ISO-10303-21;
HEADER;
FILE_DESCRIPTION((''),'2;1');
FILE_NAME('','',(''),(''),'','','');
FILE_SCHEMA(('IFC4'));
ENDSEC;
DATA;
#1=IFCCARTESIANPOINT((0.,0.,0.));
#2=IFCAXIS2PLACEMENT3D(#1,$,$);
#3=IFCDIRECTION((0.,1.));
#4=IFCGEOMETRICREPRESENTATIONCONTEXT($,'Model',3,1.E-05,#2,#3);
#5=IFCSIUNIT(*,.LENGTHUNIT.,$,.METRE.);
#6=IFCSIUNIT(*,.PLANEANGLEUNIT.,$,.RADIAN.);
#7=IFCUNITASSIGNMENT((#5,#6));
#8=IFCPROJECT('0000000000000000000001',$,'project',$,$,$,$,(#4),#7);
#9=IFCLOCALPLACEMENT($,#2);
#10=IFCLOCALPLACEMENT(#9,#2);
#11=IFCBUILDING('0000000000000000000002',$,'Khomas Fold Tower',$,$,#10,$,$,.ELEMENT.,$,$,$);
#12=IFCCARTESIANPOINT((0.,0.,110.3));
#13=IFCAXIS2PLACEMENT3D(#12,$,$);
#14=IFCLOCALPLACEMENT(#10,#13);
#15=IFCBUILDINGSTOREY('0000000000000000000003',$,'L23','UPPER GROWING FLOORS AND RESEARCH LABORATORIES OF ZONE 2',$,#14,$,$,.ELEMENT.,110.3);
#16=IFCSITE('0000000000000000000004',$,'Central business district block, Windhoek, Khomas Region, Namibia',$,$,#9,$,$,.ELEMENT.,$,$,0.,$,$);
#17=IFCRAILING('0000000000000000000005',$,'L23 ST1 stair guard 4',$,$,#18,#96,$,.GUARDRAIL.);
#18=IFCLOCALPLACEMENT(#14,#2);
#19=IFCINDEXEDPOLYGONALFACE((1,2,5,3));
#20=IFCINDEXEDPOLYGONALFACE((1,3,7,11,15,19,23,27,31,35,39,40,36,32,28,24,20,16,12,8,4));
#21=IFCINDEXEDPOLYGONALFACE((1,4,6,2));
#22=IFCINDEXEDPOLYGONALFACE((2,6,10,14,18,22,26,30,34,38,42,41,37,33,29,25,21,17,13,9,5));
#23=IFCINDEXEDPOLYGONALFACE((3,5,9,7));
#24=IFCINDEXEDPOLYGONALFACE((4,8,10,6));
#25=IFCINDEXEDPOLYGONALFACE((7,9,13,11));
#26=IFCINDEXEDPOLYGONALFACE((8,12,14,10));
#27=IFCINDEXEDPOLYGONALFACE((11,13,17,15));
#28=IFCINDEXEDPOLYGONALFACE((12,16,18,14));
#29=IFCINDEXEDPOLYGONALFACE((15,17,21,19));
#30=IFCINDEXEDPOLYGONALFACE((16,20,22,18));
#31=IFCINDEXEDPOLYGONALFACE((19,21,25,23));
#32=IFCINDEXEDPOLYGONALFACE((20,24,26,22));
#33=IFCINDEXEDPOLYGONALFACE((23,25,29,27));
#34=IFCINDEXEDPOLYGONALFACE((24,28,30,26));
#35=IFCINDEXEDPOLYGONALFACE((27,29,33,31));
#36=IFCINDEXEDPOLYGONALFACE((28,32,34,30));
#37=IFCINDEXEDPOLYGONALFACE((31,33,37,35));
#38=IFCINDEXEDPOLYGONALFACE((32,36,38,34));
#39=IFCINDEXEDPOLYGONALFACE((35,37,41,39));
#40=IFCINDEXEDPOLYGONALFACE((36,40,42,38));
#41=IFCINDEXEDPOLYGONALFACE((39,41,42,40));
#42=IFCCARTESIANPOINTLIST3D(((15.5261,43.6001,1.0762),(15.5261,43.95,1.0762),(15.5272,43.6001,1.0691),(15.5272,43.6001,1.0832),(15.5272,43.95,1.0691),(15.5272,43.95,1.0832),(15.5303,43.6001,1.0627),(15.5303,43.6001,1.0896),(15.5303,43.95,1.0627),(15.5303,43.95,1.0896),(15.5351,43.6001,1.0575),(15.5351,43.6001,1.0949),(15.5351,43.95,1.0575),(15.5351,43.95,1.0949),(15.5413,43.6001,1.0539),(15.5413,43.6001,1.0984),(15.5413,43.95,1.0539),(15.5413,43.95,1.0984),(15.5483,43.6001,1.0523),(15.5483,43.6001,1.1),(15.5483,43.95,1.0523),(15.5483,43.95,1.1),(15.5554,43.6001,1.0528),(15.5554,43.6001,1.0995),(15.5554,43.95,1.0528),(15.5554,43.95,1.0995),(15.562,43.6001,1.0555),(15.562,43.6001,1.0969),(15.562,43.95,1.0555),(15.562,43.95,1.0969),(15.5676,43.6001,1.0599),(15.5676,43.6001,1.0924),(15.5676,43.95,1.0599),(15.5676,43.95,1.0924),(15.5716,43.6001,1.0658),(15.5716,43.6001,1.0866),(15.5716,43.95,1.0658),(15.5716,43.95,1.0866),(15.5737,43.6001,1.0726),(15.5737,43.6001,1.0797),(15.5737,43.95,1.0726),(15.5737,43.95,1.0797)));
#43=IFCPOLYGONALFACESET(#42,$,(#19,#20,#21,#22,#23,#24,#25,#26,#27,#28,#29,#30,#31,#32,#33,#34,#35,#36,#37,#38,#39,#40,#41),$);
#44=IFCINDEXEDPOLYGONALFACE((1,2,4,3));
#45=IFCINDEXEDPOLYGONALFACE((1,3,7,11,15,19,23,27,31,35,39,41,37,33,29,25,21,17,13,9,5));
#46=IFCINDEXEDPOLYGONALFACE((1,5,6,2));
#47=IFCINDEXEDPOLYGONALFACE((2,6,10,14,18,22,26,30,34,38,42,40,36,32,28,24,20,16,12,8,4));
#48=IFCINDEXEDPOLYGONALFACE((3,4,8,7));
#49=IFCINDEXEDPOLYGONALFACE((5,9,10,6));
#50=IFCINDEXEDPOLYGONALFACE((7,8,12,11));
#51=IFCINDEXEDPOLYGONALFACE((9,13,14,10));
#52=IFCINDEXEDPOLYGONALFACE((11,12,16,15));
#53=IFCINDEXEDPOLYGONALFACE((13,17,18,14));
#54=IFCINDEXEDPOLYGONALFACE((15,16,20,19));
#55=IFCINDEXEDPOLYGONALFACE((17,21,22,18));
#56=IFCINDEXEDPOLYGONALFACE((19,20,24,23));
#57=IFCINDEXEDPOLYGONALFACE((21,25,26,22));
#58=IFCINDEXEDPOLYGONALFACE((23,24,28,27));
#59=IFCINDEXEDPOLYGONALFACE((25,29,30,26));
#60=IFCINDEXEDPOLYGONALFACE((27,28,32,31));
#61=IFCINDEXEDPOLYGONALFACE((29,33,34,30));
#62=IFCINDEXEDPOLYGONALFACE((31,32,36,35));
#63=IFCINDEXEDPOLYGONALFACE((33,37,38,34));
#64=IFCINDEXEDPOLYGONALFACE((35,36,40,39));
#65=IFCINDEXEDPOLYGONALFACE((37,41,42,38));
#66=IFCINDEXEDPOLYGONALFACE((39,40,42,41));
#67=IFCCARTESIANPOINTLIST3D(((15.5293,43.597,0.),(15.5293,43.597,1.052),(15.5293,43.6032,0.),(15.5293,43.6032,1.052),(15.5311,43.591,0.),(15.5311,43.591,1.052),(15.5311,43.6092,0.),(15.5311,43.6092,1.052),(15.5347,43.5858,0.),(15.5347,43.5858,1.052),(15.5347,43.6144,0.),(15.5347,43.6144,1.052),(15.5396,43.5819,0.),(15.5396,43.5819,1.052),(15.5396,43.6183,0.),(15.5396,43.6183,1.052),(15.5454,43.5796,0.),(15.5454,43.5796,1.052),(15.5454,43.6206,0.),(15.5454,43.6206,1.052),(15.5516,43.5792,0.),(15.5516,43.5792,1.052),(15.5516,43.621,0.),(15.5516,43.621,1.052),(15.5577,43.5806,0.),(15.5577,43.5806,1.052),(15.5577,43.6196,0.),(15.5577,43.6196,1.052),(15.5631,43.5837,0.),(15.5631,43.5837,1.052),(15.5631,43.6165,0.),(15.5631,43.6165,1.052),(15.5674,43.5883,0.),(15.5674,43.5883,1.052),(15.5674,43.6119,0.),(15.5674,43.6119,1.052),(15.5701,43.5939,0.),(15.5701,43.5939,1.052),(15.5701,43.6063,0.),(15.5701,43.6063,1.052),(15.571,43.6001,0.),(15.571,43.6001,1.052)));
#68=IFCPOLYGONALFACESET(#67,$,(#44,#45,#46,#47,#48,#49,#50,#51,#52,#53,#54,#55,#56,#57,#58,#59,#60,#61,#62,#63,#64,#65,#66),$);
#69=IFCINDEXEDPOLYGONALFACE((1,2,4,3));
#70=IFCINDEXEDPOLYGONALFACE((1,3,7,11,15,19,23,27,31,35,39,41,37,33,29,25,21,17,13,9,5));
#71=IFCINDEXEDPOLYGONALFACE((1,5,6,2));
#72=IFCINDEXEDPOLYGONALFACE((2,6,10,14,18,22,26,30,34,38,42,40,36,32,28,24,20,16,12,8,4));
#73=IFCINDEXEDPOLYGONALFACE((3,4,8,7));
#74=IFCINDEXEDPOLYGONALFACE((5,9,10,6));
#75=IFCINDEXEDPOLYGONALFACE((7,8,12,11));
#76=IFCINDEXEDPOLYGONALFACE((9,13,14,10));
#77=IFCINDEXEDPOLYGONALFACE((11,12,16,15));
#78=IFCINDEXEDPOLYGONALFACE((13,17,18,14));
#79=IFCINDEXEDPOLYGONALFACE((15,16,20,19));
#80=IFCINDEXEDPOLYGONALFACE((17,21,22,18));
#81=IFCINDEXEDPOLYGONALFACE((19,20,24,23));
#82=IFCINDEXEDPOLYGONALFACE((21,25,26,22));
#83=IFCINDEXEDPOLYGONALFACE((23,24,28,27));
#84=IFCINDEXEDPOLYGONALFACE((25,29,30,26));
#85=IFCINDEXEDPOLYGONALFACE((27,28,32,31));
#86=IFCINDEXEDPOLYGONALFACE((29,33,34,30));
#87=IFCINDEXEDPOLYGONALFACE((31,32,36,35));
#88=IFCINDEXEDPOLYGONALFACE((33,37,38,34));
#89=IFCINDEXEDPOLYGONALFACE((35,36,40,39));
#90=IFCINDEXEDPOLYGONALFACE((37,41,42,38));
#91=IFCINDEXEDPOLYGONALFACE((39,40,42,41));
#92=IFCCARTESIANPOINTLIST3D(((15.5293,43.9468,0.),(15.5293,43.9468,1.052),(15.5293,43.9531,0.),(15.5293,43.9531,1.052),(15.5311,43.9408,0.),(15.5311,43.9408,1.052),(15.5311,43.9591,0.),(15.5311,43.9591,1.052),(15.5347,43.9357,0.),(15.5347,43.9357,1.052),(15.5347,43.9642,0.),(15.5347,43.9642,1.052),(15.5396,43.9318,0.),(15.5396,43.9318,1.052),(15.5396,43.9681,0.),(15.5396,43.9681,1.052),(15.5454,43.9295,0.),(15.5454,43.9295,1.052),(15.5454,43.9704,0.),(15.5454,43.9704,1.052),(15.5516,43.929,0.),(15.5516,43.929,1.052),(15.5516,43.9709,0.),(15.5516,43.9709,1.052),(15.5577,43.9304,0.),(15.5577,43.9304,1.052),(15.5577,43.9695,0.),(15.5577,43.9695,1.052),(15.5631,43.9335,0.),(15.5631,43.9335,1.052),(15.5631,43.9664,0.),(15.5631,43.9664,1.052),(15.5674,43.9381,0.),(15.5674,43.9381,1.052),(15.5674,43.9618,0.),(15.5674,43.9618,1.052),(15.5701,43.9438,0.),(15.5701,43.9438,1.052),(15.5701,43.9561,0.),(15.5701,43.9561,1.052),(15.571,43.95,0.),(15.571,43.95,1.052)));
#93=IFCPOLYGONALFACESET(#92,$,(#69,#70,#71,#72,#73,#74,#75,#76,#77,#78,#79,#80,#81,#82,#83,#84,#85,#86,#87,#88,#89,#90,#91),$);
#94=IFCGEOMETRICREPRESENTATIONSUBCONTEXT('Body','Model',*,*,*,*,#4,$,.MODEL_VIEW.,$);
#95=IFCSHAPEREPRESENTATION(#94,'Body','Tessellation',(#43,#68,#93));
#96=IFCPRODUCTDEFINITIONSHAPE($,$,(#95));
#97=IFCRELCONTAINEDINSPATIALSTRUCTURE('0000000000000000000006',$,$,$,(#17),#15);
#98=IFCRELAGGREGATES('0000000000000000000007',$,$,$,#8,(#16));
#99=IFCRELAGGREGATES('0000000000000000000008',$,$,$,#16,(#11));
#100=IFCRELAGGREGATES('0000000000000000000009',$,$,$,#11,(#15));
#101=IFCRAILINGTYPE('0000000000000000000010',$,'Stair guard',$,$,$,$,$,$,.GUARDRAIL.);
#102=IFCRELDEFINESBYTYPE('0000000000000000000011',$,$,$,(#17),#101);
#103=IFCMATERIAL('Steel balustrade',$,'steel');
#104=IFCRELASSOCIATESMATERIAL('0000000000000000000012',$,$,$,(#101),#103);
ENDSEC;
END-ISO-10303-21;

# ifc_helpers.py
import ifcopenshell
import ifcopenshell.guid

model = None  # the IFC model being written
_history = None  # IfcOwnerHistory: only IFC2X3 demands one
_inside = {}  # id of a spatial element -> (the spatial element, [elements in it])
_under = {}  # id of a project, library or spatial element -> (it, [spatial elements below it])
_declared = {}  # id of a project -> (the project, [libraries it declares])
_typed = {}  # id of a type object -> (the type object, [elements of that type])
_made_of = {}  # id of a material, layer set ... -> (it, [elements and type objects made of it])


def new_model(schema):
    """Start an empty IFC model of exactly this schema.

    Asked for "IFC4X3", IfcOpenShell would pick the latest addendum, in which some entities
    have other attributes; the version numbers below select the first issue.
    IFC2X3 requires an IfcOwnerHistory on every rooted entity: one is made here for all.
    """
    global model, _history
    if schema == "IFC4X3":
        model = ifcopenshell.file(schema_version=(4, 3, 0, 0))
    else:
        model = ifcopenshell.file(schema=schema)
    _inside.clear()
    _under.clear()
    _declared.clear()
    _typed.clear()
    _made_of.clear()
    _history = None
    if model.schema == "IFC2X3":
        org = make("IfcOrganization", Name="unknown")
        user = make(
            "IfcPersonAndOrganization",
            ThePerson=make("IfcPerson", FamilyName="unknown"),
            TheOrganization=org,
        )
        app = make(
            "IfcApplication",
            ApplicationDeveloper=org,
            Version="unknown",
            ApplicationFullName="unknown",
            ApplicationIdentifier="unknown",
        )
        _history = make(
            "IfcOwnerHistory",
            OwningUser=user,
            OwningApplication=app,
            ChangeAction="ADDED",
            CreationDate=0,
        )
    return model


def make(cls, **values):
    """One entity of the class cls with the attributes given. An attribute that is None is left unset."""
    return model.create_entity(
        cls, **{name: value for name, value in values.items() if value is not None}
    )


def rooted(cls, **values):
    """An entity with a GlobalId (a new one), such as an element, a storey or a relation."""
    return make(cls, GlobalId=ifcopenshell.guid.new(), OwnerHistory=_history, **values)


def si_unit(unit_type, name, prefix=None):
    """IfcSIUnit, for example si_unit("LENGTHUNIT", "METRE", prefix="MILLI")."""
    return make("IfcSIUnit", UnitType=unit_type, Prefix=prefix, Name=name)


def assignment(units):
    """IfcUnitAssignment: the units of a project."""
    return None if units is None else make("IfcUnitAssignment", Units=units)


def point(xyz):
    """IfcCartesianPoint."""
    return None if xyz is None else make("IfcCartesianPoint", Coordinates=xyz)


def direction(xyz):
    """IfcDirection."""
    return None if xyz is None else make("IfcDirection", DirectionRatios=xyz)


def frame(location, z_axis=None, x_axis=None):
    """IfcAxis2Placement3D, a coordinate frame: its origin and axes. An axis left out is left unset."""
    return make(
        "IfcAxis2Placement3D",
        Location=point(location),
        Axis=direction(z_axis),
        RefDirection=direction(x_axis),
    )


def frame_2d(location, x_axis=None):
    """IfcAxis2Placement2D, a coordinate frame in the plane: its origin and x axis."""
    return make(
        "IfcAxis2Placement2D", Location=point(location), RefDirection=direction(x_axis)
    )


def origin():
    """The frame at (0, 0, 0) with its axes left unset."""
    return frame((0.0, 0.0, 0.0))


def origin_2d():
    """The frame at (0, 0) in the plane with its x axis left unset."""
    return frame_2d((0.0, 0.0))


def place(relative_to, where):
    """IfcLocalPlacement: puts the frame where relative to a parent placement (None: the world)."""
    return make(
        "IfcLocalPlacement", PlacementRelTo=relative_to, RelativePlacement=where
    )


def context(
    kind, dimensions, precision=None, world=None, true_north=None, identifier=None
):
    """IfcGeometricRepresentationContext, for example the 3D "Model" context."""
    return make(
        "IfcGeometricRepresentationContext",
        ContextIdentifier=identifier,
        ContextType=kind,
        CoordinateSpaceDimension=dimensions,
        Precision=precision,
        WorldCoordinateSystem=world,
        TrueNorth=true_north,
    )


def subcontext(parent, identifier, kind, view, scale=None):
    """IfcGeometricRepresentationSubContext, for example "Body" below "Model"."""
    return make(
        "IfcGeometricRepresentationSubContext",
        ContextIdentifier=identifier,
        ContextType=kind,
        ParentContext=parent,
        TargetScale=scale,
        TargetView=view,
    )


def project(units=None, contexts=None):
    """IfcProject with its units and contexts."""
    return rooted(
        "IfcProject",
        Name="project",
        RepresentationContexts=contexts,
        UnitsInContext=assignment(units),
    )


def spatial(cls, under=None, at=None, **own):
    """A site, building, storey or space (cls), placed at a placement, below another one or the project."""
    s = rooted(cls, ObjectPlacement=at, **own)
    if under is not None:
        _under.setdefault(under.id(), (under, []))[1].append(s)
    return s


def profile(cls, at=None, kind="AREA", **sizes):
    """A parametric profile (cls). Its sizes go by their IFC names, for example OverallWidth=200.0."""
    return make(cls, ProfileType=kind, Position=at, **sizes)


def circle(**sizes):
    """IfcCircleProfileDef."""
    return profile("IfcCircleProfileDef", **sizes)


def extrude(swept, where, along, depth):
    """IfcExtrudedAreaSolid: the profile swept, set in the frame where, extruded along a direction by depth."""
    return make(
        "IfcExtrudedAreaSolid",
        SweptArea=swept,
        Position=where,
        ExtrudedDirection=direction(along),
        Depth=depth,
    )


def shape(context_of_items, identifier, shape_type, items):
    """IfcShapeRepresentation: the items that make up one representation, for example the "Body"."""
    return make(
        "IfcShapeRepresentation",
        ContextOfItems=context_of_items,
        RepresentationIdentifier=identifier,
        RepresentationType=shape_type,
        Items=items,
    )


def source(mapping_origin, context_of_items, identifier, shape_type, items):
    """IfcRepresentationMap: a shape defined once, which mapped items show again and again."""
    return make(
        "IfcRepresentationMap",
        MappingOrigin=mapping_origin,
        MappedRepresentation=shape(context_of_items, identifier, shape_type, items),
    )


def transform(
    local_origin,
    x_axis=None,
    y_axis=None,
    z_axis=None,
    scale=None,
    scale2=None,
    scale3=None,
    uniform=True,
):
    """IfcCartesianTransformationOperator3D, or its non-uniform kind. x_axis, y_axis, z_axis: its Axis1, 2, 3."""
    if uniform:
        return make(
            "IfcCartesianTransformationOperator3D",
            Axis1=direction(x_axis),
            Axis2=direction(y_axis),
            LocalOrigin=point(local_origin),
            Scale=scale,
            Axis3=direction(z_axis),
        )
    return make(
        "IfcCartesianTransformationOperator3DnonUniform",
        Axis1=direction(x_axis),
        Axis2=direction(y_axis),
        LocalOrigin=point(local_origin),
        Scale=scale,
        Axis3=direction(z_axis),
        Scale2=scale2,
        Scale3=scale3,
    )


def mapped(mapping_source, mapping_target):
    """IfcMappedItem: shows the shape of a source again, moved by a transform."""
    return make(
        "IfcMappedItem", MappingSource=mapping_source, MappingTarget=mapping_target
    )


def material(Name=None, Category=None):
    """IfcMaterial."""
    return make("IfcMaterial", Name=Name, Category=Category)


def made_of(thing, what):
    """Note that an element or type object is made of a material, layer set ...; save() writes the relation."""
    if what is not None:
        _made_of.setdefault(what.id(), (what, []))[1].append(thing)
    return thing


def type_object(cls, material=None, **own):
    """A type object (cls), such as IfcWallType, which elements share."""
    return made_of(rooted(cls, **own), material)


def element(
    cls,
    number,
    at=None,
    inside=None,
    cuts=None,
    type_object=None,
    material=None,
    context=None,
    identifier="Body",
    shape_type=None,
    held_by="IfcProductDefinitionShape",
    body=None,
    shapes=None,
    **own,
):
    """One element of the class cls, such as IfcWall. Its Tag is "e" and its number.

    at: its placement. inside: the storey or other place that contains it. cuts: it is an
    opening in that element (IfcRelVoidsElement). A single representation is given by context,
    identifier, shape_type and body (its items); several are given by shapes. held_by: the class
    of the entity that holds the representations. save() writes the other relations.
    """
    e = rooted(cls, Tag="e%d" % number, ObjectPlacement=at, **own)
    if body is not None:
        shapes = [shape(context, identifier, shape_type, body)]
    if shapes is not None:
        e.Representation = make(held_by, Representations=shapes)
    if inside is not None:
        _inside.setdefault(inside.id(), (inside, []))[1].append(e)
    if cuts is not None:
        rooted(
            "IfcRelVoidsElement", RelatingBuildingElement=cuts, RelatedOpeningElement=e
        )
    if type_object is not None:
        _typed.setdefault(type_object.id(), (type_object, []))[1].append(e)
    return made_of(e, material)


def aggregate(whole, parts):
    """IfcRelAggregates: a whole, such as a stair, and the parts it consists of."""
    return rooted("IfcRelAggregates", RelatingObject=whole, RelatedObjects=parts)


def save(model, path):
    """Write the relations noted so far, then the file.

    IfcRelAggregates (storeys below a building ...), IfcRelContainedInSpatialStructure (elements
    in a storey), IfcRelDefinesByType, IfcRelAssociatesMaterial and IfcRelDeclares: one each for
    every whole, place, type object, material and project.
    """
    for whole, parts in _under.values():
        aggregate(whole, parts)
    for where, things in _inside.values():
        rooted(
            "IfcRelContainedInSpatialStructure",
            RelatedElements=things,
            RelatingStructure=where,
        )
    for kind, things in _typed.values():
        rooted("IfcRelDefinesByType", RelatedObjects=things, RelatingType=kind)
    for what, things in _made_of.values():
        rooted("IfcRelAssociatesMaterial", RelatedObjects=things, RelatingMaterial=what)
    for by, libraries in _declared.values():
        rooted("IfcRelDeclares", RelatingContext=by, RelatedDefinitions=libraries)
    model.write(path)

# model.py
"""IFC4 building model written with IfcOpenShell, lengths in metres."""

from ifc_helpers import new_model, si_unit, direction, frame, origin, origin_2d, place, context, subcontext, project, spatial, circle, extrude, source, transform, mapped, material, type_object, element, save


model = new_model("IFC4")

# Units and contexts
model_context = context("Model", 3, precision=1e-05, world=origin(), true_north=direction((0.0, 1.0)))
body_context = subcontext(model_context, "Body", "Model", "MODEL_VIEW")
ifc_project = project(units=[si_unit("LENGTHUNIT", "METRE"), si_unit("PLANEANGLEUNIT", "RADIAN")], contexts=[model_context])

# Site, building, storey
site_placement = place(None, origin())
site = spatial("IfcSite", under=ifc_project, at=site_placement, Name="Central business district block, Windhoek, Khomas Region, Namibia", CompositionType="ELEMENT", RefElevation=0.0)
building_placement = place(site_placement, origin())
building = spatial("IfcBuilding", under=site, at=building_placement, Name="Khomas Fold Tower", CompositionType="ELEMENT")
storey_placement = place(building_placement, frame((0.0, 0.0, 110.3)))
storey = spatial("IfcBuildingStorey", under=building, at=storey_placement, Name="L23", Description="UPPER GROWING FLOORS AND RESEARCH LABORATORIES OF ZONE 2", CompositionType="ELEMENT", Elevation=110.3)

# Railing
ifc_material_1 = material(Name="Steel balustrade", Category="steel")
railing_type_1 = type_object("IfcRailingType", Name="Stair guard", PredefinedType="GUARDRAIL", material=ifc_material_1)
shared_shape_1 = source(origin(), body_context, "Body", "SweptSolid", [
    extrude(circle(Radius=0.0239, at=origin_2d()), frame((0.0, 0.0, 1.0762), z_axis=(0.0, 1.0, 0.0), x_axis=(-1.0, 0.0, 0.0)), (0.0, 0.0, 1.0), 0.3499),
    extrude(circle(Radius=0.021, at=origin_2d()), origin(), (0.0, 0.0, 1.0), 1.052),
    extrude(circle(Radius=0.021, at=origin_2d()), frame((0.0, 0.3499, 0.0)), (0.0, 0.0, 1.0), 1.052),
])
for number, where, name in (
    (1, (15.55, 43.6001, 0.0), "L23 ST1 stair guard 4"),
):
    element("IfcRailing", number, at=place(storey_placement, frame(where)), inside=storey, type_object=railing_type_1, Name=name, PredefinedType="GUARDRAIL", context=body_context, shape_type="MappedRepresentation", body=[
        mapped(shared_shape_1, transform((0.0, 0.0, 0.0))),
    ])

save(model, "model.ifc")
